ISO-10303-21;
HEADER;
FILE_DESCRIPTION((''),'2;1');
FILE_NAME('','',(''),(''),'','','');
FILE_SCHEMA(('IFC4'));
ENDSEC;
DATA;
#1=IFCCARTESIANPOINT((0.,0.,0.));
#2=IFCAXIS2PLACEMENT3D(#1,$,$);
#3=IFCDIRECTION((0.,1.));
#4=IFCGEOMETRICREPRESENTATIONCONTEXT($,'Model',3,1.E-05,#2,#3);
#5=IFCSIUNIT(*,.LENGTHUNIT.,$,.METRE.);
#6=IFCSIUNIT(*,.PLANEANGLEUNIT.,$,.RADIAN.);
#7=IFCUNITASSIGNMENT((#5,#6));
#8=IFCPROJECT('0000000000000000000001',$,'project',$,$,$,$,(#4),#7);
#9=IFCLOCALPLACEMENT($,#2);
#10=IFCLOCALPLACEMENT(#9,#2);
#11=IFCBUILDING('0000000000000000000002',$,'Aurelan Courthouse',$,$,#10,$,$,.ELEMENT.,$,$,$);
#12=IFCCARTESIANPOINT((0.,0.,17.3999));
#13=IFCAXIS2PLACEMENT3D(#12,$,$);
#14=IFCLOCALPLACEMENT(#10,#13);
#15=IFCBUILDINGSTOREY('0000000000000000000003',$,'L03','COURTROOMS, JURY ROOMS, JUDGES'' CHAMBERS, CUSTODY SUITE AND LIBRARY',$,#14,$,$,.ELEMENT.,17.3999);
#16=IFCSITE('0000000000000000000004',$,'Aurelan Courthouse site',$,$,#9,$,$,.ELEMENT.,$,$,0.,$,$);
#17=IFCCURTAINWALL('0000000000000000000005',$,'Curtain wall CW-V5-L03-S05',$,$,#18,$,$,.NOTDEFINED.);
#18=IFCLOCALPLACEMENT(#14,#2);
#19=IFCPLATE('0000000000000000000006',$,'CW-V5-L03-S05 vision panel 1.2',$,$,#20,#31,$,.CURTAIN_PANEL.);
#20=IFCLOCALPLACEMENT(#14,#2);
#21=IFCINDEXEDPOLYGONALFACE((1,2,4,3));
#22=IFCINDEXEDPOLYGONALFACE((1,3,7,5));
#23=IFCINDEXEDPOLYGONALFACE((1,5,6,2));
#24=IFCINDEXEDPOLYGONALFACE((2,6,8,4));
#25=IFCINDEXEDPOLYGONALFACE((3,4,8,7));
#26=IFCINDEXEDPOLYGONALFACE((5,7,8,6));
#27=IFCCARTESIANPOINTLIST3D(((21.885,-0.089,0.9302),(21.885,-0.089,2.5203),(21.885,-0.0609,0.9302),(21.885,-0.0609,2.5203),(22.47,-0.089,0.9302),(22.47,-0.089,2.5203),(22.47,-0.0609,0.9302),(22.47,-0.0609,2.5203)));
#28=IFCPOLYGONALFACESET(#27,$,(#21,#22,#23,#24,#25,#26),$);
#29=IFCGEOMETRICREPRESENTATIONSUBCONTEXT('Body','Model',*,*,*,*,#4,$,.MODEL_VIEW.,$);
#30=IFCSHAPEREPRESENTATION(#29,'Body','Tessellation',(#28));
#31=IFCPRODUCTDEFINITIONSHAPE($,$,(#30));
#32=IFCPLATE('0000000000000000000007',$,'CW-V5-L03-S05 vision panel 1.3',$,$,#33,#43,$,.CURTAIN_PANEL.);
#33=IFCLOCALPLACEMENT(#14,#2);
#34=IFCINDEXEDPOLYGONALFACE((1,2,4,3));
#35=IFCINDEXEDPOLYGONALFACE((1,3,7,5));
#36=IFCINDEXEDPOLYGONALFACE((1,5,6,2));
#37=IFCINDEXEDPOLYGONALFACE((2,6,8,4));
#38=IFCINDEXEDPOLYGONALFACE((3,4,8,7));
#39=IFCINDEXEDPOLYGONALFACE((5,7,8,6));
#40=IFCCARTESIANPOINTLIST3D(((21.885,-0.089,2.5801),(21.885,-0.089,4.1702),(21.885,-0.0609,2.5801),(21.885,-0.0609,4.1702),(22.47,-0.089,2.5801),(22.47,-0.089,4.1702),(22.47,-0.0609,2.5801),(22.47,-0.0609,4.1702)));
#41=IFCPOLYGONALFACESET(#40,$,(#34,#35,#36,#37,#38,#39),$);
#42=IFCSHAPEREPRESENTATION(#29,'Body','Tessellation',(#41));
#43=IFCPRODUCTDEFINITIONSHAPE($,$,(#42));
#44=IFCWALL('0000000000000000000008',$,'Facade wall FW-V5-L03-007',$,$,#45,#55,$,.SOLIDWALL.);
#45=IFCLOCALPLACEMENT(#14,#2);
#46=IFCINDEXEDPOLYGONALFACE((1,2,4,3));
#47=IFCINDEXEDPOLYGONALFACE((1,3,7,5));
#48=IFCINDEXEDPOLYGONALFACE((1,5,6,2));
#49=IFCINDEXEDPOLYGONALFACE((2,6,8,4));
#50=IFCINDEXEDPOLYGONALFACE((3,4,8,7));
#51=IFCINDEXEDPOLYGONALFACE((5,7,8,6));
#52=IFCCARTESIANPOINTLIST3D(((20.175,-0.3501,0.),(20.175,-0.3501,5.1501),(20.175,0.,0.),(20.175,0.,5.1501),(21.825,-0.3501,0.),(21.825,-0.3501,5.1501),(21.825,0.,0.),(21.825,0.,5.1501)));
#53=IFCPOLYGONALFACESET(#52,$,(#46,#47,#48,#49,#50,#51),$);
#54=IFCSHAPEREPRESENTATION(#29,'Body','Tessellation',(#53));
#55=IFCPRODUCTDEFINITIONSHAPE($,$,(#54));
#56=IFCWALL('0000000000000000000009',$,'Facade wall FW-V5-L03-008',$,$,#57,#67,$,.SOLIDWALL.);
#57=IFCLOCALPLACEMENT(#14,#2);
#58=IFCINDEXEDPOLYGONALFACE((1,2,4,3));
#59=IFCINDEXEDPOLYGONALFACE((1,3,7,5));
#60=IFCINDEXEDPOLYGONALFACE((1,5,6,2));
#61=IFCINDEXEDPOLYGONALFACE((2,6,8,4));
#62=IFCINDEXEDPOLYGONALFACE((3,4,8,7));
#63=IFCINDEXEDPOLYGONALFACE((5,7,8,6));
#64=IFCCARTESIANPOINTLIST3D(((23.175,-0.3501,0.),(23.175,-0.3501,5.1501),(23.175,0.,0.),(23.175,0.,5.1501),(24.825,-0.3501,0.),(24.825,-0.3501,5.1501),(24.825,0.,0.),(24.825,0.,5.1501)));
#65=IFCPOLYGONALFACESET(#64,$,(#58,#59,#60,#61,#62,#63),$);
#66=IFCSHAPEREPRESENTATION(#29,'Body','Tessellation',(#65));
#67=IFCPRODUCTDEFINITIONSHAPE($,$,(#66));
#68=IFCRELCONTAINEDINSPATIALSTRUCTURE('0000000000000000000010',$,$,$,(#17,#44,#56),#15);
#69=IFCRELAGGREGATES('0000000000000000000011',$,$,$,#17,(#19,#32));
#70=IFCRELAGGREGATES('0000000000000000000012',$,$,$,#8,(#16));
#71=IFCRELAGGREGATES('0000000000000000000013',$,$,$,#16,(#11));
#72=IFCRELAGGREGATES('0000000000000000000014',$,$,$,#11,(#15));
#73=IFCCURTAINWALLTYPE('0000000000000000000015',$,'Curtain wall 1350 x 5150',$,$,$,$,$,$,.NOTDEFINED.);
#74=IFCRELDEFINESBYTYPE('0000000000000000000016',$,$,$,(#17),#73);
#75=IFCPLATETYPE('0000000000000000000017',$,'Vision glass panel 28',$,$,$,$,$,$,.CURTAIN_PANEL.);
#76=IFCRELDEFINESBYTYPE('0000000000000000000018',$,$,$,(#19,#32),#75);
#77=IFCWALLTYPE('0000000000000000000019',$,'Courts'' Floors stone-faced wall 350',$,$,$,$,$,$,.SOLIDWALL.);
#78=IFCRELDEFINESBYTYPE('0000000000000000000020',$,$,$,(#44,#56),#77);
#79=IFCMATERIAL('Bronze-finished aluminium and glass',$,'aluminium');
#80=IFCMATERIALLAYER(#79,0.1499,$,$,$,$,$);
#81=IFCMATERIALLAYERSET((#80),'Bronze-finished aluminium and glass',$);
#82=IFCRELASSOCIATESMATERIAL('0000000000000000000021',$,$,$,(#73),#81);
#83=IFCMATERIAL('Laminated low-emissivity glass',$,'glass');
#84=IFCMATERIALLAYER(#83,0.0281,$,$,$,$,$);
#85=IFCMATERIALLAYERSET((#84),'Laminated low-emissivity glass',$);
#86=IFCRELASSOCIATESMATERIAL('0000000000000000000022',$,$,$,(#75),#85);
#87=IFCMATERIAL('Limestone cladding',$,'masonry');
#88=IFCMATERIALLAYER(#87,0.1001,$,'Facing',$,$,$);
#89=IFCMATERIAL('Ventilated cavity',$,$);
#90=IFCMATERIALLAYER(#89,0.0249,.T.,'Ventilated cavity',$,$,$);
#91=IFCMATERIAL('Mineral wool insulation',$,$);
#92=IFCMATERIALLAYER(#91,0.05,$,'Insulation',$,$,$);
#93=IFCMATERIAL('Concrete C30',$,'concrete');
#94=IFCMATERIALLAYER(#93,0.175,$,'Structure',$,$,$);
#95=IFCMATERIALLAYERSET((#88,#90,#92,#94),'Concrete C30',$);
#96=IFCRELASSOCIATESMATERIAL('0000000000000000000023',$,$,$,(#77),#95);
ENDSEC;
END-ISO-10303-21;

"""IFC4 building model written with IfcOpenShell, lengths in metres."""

from ifc_helpers import new_model, si_unit, direction, frame, frame_2d, origin, origin_2d, place, context, subcontext, project, spatial, rectangle, extrude, material, layer, layer_set, type_object, element, aggregate, save


model = new_model("IFC4")

# Units and contexts
model_context = context("Model", 3, precision=1e-05, world=origin(), true_north=direction((0.0, 1.0)))
body_context = subcontext(model_context, "Body", "Model", "MODEL_VIEW")
ifc_project = project(units=[si_unit("LENGTHUNIT", "METRE"), si_unit("PLANEANGLEUNIT", "RADIAN")], contexts=[model_context])

# Site, building, storey
site_placement = place(None, origin())
site = spatial("IfcSite", under=ifc_project, at=site_placement, Name="Aurelan Courthouse site", CompositionType="ELEMENT", RefElevation=0.0)
building_placement = place(site_placement, origin())
building = spatial("IfcBuilding", under=site, at=building_placement, Name="Aurelan Courthouse", CompositionType="ELEMENT")
storey_placement = place(building_placement, frame((0.0, 0.0, 17.3999)))
storey = spatial("IfcBuildingStorey", under=building, at=storey_placement, Name="L03", Description="COURTROOMS, JURY ROOMS, JUDGES' CHAMBERS, CUSTODY SUITE AND LIBRARY", CompositionType="ELEMENT", Elevation=17.3999)

# Curtain wall
ifc_material_1 = material(Name="Bronze-finished aluminium and glass", Category="aluminium")
ifc_layer_1 = layer(ifc_material_1, 0.1499)
ifc_layer_set_1 = layer_set([ifc_layer_1], Name="Bronze-finished aluminium and glass")
curtain_wall_type = type_object("IfcCurtainWallType", Name="Curtain wall 1350 x 5150", PredefinedType="NOTDEFINED", material=ifc_layer_set_1)
curtain_wall_1_placement = place(storey_placement, origin())
curtain_wall_1 = element("IfcCurtainWall", 1, at=curtain_wall_1_placement, inside=storey, type_object=curtain_wall_type, Name="Curtain wall CW-V5-L03-S05", PredefinedType="NOTDEFINED")

# Plates
ifc_material_2 = material(Name="Limestone cladding", Category="masonry")
ifc_material_3 = material(Name="Laminated low-emissivity glass", Category="glass")
ifc_layer_2 = layer(ifc_material_3, 0.0281)
ifc_layer_set_2 = layer_set([ifc_layer_2], Name="Laminated low-emissivity glass")
plate_type_1 = type_object("IfcPlateType", Name="Vision glass panel 28", PredefinedType="CURTAIN_PANEL", material=ifc_layer_set_2)
plate_1_placement = place(storey_placement, frame((22.1775, -0.075, 0.9302), z_axis=(0.0, 0.0, 1.0), x_axis=(1.0, 0.0, 0.0)))
plate_1 = element("IfcPlate", 2, at=plate_1_placement, type_object=plate_type_1, Name="CW-V5-L03-S05 vision panel 1.2", PredefinedType="CURTAIN_PANEL", context=body_context, shape_type="SweptSolid", body=[
    extrude(rectangle(XDim=0.585, YDim=0.0281, at=origin_2d()), origin(), (0.0, 0.0, 1.0), 1.5901),
])
plate_2_placement = place(storey_placement, frame((22.1775, -0.075, 2.5801), z_axis=(0.0, 0.0, 1.0), x_axis=(1.0, 0.0, 0.0)))
plate_2 = element("IfcPlate", 3, at=plate_2_placement, type_object=plate_type_1, Name="CW-V5-L03-S05 vision panel 1.3", PredefinedType="CURTAIN_PANEL", context=body_context, shape_type="SweptSolid", body=[
    extrude(rectangle(XDim=0.585, YDim=0.0281, at=origin_2d()), origin(), (0.0, 0.0, 1.0), 1.5901),
])
aggregate(curtain_wall_1, [plate_1, plate_2])

# Walls
ifc_layer_3 = layer(ifc_material_2, 0.1001, Name="Facing")
ifc_material_4 = material(Name="Ventilated cavity")
ifc_layer_4 = layer(ifc_material_4, 0.0249, ventilated=True, Name="Ventilated cavity")
ifc_material_5 = material(Name="Mineral wool insulation")
ifc_layer_5 = layer(ifc_material_5, 0.05, Name="Insulation")
ifc_material_6 = material(Name="Concrete C30", Category="concrete")
ifc_layer_6 = layer(ifc_material_6, 0.175, Name="Structure")
ifc_layer_set_3 = layer_set([ifc_layer_3, ifc_layer_4, ifc_layer_5, ifc_layer_6], Name="Concrete C30")
wall_type = type_object("IfcWallType", Name="Courts' Floors stone-faced wall 350", PredefinedType="SOLIDWALL", material=ifc_layer_set_3)
for number, where, z_axis, x_axis, name in (
    (4, (20.175, -0.175, 0.0), (0.0, 0.0, 1.0), (1.0, 0.0, 0.0), "Facade wall FW-V5-L03-007"),
    (5, (23.175, -0.175, 0.0), (0.0, 0.0, 1.0), (1.0, 0.0, 0.0), "Facade wall FW-V5-L03-008"),
):
    element("IfcWall", number, at=place(storey_placement, frame(where, z_axis=z_axis, x_axis=x_axis)), inside=storey, type_object=wall_type, Name=name, PredefinedType="SOLIDWALL", context=body_context, shape_type="SweptSolid", body=[
        extrude(rectangle(XDim=1.6499, YDim=0.3501, at=frame_2d((0.825, 0.0))), origin(), (0.0, 0.0, 1.0), 5.1501),
    ])

save(model, "model.ifc")
